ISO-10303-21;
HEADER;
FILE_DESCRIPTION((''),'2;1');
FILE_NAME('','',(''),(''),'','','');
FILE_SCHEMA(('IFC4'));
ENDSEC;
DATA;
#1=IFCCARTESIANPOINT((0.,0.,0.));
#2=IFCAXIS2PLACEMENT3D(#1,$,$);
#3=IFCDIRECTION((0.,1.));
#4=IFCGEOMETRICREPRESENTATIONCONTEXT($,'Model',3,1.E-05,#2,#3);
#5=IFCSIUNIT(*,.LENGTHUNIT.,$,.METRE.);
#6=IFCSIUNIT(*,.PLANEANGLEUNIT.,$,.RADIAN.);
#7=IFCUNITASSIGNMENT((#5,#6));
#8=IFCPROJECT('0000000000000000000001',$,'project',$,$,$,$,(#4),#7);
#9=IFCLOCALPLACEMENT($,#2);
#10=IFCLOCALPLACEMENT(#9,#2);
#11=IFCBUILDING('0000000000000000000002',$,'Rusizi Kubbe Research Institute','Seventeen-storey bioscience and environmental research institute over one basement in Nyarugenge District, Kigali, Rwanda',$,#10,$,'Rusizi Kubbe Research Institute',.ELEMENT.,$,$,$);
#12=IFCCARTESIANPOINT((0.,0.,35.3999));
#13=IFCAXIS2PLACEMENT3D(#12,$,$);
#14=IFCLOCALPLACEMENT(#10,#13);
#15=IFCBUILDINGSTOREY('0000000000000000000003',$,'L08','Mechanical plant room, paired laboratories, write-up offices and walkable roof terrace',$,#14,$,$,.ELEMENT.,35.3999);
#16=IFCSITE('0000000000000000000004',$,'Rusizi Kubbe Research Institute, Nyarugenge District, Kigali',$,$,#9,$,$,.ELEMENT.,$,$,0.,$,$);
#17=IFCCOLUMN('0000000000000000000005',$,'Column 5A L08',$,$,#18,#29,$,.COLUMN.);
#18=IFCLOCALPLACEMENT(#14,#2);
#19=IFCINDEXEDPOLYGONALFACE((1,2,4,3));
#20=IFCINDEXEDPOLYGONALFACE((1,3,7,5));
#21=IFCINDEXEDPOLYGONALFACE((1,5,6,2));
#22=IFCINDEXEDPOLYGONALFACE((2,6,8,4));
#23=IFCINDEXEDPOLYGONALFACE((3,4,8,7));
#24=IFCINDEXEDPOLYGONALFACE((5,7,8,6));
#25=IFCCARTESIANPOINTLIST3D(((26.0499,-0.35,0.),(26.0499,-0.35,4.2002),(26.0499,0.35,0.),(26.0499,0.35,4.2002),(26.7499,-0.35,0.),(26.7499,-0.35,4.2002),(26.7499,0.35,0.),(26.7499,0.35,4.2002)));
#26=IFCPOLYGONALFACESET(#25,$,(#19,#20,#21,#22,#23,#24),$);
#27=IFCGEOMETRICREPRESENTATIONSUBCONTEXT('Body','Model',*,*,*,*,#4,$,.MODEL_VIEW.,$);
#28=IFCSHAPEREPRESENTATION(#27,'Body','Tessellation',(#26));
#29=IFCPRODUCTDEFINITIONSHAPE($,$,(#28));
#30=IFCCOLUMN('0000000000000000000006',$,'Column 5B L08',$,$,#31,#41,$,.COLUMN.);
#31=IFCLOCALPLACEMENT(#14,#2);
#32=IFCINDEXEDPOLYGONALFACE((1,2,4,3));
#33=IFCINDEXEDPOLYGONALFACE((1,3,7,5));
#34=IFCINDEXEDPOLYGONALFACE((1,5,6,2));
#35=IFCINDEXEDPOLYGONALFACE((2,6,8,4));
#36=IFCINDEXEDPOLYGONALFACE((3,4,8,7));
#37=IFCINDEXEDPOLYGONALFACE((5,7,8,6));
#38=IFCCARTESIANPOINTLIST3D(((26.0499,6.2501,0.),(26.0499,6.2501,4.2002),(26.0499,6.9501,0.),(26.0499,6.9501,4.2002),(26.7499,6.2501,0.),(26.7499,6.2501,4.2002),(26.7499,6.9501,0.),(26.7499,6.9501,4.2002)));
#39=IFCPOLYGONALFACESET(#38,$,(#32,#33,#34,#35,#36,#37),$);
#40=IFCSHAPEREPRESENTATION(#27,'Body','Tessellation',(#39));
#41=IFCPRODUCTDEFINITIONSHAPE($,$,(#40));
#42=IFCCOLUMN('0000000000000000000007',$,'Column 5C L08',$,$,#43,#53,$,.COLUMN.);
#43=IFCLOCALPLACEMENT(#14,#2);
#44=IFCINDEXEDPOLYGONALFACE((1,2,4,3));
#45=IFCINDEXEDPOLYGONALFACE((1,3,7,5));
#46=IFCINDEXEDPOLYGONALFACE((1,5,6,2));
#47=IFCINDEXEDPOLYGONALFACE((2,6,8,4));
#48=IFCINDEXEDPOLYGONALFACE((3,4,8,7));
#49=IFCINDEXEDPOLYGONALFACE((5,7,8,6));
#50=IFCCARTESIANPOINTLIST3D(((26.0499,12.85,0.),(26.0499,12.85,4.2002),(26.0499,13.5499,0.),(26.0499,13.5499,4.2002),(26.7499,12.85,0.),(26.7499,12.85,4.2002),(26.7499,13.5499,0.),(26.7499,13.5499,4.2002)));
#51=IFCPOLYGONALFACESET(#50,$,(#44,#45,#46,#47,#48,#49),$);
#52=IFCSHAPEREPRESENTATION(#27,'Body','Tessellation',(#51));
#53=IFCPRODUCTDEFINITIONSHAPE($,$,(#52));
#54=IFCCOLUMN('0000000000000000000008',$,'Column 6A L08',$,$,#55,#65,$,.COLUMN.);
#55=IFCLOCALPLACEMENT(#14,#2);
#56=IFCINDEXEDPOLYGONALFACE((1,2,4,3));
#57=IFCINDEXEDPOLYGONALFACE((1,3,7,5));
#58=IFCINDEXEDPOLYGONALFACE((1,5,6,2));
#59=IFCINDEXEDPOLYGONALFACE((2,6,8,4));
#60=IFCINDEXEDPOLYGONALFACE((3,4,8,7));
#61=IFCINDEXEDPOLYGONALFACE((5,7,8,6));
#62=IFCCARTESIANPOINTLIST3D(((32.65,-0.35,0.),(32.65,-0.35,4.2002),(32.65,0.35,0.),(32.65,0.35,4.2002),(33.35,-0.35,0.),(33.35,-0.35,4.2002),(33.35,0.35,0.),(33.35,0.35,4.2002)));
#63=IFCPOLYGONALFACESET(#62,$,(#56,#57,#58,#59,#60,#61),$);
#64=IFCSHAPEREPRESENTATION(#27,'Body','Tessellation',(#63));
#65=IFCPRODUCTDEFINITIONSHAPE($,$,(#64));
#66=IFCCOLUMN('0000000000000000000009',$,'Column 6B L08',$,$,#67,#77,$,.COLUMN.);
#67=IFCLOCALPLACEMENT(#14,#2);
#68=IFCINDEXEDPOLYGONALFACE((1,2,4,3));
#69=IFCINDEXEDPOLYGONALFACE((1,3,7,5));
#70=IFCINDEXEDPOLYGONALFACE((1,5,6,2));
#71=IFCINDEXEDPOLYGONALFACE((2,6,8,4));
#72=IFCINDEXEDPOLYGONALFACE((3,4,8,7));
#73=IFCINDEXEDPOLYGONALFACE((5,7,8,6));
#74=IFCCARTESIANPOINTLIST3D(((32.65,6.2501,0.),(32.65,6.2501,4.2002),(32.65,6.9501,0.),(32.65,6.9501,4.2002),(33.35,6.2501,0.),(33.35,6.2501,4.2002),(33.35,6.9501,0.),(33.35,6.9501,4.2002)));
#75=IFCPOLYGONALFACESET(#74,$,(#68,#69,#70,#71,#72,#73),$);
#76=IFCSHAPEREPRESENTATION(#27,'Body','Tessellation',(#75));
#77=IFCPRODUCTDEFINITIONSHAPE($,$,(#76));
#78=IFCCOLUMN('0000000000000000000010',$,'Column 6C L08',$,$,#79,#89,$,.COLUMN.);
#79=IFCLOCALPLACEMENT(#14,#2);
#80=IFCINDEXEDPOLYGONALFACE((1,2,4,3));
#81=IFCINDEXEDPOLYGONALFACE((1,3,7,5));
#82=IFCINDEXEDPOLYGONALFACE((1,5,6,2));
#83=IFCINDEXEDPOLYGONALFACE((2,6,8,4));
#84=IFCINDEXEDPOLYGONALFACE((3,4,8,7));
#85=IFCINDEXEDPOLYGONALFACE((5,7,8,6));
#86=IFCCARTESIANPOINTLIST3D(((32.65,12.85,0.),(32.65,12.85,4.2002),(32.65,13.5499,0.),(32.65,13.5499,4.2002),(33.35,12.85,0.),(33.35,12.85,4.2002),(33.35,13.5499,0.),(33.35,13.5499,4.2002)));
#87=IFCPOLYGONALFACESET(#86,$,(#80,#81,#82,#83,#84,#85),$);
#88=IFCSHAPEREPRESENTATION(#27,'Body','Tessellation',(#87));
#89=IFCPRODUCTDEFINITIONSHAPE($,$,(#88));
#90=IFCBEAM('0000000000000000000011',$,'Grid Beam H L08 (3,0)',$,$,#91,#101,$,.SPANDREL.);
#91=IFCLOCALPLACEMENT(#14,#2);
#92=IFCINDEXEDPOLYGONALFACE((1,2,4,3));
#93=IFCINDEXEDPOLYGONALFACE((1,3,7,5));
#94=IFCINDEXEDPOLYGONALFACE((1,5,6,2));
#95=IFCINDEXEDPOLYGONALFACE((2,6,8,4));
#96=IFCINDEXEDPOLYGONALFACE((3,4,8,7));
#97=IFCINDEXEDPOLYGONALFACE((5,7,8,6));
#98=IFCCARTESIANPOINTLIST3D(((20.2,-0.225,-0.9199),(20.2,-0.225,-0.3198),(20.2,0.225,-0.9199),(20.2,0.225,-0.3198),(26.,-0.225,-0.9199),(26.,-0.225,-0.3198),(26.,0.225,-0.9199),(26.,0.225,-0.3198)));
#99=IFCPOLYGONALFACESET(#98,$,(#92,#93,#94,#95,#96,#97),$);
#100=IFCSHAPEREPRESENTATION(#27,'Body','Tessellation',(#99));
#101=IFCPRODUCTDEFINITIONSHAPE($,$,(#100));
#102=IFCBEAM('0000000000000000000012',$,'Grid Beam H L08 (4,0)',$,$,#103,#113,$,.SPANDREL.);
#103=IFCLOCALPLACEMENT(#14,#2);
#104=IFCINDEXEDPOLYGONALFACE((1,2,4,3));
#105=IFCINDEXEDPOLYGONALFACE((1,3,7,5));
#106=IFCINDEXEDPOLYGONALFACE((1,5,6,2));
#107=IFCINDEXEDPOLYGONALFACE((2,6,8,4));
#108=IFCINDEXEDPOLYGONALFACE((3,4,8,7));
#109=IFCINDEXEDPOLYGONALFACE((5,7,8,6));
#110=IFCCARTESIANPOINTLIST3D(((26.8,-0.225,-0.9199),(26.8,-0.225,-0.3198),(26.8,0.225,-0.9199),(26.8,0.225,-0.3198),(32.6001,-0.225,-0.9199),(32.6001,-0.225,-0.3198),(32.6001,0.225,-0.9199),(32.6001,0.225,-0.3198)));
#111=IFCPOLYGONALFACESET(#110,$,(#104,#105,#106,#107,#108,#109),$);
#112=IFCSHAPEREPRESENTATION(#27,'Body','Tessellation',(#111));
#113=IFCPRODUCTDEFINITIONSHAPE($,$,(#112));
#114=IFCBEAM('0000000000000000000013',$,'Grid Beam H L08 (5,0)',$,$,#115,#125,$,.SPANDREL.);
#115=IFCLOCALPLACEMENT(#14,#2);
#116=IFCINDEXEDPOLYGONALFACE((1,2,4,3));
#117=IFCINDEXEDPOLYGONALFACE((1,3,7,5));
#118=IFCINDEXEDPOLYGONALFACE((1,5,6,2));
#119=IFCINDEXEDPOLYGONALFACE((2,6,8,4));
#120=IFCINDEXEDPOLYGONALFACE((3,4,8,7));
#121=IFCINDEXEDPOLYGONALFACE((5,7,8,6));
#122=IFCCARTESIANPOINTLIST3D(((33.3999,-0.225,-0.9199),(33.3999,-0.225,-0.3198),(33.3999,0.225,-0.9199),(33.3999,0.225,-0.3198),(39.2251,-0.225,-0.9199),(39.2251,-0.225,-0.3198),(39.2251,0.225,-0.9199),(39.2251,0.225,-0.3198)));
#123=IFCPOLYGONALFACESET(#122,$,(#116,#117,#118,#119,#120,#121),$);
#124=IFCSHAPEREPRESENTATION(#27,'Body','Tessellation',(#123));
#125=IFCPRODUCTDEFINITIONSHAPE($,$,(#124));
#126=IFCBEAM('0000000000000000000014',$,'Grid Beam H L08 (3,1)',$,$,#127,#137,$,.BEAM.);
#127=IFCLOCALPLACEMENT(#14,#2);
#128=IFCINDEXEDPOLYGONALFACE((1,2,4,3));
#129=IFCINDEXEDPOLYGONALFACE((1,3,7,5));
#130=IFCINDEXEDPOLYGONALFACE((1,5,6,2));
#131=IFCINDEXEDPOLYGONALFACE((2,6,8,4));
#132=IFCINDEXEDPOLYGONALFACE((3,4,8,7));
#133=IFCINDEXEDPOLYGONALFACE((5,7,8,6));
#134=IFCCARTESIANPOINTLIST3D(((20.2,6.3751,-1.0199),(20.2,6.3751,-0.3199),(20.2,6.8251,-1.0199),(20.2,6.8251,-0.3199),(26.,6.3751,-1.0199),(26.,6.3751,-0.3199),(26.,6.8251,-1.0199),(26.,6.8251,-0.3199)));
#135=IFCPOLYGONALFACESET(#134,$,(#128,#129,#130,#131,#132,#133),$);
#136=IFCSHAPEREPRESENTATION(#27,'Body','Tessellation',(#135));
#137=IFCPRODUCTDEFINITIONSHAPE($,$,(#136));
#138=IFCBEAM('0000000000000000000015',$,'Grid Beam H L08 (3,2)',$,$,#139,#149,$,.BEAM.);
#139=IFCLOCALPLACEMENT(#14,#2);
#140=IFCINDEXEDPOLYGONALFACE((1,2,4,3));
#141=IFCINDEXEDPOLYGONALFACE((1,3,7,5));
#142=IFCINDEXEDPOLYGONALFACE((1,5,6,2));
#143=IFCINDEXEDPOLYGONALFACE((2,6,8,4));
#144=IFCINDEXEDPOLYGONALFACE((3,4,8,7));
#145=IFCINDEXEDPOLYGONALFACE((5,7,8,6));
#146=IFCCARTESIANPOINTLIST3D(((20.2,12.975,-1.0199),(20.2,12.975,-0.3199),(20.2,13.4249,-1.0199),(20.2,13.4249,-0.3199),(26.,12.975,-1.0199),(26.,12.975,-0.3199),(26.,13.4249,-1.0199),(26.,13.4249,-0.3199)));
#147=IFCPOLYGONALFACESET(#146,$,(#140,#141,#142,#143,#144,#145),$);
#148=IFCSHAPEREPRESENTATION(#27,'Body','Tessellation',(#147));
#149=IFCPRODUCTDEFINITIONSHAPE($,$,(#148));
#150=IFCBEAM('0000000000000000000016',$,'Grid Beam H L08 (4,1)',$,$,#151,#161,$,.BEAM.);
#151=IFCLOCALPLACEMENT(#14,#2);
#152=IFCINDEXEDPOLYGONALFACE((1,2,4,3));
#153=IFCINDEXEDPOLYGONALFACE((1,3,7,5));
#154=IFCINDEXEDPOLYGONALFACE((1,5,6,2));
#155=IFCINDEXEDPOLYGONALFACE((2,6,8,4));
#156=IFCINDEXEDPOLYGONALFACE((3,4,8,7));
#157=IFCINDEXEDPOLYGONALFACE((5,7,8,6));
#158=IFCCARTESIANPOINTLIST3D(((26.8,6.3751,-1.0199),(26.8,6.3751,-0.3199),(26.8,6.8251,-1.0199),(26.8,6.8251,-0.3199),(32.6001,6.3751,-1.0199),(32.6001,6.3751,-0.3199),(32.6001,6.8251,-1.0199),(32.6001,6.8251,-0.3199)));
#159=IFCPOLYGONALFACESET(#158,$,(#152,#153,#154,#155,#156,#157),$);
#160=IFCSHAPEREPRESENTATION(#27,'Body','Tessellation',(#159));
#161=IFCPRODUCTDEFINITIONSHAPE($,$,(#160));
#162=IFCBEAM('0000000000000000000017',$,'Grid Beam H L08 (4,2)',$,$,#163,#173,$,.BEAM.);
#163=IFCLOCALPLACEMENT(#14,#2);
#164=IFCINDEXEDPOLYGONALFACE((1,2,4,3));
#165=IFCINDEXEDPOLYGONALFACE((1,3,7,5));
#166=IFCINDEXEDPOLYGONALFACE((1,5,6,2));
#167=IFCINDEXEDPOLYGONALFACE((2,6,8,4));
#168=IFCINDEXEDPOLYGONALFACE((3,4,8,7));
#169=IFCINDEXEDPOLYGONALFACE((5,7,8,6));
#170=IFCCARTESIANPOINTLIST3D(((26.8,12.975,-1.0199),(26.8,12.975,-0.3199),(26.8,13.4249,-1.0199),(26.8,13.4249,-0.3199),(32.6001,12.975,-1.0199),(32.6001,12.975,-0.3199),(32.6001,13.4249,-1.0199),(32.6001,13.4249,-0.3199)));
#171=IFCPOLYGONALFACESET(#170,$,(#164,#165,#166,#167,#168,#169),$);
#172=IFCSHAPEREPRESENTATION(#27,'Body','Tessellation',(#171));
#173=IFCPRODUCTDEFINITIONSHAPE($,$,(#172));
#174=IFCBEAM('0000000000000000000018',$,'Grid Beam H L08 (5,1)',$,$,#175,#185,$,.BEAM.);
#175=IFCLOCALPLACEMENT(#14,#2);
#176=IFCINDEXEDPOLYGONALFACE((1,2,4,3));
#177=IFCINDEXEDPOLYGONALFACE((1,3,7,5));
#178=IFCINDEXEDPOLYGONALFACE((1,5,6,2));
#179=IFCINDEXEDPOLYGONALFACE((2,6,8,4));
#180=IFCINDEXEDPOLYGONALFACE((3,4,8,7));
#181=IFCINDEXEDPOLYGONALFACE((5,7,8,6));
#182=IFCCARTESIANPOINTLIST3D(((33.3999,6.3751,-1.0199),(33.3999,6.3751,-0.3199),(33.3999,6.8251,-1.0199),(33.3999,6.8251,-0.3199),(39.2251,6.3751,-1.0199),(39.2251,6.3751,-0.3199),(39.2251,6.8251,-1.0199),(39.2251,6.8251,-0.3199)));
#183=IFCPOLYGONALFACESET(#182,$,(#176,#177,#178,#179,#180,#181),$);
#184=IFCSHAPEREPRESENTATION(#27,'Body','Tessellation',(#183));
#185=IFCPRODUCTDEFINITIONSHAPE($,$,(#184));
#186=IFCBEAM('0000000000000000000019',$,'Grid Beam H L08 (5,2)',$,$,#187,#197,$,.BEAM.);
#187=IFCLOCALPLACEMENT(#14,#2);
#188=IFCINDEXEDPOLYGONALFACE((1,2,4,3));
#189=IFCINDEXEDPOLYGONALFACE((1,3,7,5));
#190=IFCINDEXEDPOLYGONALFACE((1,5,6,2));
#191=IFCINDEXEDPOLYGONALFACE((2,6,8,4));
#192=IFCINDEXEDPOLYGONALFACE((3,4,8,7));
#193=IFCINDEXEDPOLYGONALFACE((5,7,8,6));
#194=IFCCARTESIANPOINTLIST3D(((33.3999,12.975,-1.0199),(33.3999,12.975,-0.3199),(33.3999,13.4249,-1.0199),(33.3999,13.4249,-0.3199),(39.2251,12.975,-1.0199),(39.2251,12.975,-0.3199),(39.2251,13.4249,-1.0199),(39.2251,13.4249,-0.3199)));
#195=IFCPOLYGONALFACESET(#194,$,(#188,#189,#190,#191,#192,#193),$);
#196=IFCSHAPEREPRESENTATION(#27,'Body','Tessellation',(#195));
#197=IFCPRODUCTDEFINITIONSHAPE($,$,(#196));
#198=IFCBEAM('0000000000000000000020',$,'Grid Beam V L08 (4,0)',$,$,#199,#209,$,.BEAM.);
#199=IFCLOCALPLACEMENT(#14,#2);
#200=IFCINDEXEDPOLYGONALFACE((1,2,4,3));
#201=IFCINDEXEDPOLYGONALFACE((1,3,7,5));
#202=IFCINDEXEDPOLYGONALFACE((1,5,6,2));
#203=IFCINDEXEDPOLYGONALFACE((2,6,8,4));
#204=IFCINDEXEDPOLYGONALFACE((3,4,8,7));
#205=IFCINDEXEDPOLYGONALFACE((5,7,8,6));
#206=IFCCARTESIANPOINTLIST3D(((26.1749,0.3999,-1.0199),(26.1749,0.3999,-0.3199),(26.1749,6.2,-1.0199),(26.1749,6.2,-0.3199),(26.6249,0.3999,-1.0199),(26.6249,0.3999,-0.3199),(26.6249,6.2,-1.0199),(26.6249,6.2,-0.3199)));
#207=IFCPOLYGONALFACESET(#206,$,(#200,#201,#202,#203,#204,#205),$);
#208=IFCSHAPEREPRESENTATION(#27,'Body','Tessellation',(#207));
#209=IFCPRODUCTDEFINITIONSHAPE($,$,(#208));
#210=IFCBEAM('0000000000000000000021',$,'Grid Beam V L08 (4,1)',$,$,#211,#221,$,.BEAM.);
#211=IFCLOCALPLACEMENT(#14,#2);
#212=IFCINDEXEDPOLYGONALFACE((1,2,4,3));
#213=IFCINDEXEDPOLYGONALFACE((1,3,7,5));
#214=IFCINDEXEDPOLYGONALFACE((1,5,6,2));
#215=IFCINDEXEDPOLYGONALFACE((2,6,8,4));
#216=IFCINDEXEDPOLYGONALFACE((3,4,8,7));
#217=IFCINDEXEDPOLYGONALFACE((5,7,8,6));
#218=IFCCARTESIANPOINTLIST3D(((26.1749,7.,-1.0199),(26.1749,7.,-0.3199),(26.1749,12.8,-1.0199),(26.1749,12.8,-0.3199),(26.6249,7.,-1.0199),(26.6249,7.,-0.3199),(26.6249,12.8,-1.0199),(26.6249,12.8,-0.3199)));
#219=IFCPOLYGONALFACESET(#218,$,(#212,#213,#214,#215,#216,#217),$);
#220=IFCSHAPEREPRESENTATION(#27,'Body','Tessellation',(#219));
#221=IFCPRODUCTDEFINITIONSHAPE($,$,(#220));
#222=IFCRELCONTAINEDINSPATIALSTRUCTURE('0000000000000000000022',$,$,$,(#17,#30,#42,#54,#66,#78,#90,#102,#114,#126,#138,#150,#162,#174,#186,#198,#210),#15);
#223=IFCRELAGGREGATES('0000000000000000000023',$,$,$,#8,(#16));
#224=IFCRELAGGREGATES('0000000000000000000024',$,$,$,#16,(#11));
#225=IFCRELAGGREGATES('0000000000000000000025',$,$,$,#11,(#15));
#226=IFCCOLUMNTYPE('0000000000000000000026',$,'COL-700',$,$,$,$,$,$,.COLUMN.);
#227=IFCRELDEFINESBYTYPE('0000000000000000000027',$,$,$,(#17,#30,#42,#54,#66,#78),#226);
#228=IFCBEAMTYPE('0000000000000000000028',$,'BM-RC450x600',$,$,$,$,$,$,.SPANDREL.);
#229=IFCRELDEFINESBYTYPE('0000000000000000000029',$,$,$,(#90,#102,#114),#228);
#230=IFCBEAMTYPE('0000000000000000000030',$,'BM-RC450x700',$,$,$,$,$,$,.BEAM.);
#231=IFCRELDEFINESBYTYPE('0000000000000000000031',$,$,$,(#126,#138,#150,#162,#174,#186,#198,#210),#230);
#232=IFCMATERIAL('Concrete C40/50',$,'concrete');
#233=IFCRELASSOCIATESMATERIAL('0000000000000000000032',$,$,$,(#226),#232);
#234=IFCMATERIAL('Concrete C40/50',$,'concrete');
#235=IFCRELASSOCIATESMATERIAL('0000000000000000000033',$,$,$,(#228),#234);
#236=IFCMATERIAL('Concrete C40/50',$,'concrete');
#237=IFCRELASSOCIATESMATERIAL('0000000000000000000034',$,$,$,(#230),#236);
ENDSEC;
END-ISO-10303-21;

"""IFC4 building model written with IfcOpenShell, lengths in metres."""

from ifc_helpers import new_model, si_unit, direction, frame, origin, origin_2d, place, context, subcontext, project, spatial, rectangle, extrude, material, material_profile, profile_set, type_object, element, save


model = new_model("IFC4")

# Units and contexts
model_context = context("Model", 3, precision=1e-05, world=origin(), true_north=direction((0.0, 1.0)))
body_context = subcontext(model_context, "Body", "Model", "MODEL_VIEW")
ifc_project = project(units=[si_unit("LENGTHUNIT", "METRE"), si_unit("PLANEANGLEUNIT", "RADIAN")], contexts=[model_context])

# Site, building, storey
site_placement = place(None, origin())
site = spatial("IfcSite", under=ifc_project, at=site_placement, Name="Rusizi Kubbe Research Institute, Nyarugenge District, Kigali", CompositionType="ELEMENT", RefElevation=0.0)
building_placement = place(site_placement, origin())
building = spatial("IfcBuilding", under=site, at=building_placement, Name="Rusizi Kubbe Research Institute", Description="Seventeen-storey bioscience and environmental research institute over one basement in Nyarugenge District, Kigali, Rwanda", LongName="Rusizi Kubbe Research Institute", CompositionType="ELEMENT")
storey_placement = place(building_placement, frame((0.0, 0.0, 35.3999)))
storey = spatial("IfcBuildingStorey", under=building, at=storey_placement, Name="L08", Description="Mechanical plant room, paired laboratories, write-up offices and walkable roof terrace", CompositionType="ELEMENT", Elevation=35.3999)

# Columns
ifc_material_1 = material(Name="Concrete C40/50", Category="concrete")
ifc_material_profile_1 = material_profile(ifc_material_1, rectangle(XDim=0.7, YDim=0.7, at=origin_2d()), Name="RC700x700")
ifc_profile_set_1 = profile_set([ifc_material_profile_1], Name="Concrete C40/50")
column_type = type_object("IfcColumnType", Name="COL-700", PredefinedType="COLUMN", material=ifc_profile_set_1)
for number, where, z_axis, x_axis, name in (
    (1, (26.3999, 0.0, 0.0), (0.0, 0.0, 1.0), (1.0, 0.0, 0.0), "Column 5A L08"),
    (2, (26.3999, 6.6001, 0.0), (0.0, 0.0, 1.0), (1.0, 0.0, 0.0), "Column 5B L08"),
    (3, (26.3999, 13.2, 0.0), (0.0, 0.0, 1.0), (1.0, 0.0, 0.0), "Column 5C L08"),
    (4, (33.0, 0.0, 0.0), (0.0, 0.0, 1.0), (1.0, 0.0, 0.0), "Column 6A L08"),
    (5, (33.0, 6.6001, 0.0), (0.0, 0.0, 1.0), (1.0, 0.0, 0.0), "Column 6B L08"),
    (6, (33.0, 13.2, 0.0), (0.0, 0.0, 1.0), (1.0, 0.0, 0.0), "Column 6C L08"),
):
    element("IfcColumn", number, at=place(storey_placement, frame(where, z_axis=z_axis, x_axis=x_axis)), inside=storey, type_object=column_type, Name=name, PredefinedType="COLUMN", context=body_context, shape_type="SweptSolid", body=[
        extrude(rectangle(XDim=0.7, YDim=0.7, at=origin_2d()), origin(), (0.0, 0.0, 1.0), 4.2002),
    ])

# Beams
ifc_material_2 = material(Name="Concrete C40/50", Category="concrete")
ifc_material_profile_2 = material_profile(ifc_material_2, rectangle(XDim=0.45, YDim=0.6001, at=origin_2d()), Name="RC450x600")
ifc_profile_set_2 = profile_set([ifc_material_profile_2], Name="Concrete C40/50")
beam_type_1 = type_object("IfcBeamType", Name="BM-RC450x600", PredefinedType="SPANDREL", material=ifc_profile_set_2)
for number, where, z_axis, x_axis, name in (
    (7, (20.2, 0.0, -0.6199), (1.0, 0.0, 0.0), (0.0, 1.0, 0.0), "Grid Beam H L08 (3,0)"),
    (8, (26.8, 0.0, -0.6199), (1.0, 0.0, 0.0), (0.0, 1.0, 0.0), "Grid Beam H L08 (4,0)"),
):
    element("IfcBeam", number, at=place(storey_placement, frame(where, z_axis=z_axis, x_axis=x_axis)), inside=storey, type_object=beam_type_1, Name=name, PredefinedType="SPANDREL", context=body_context, shape_type="SweptSolid", body=[
        extrude(rectangle(XDim=0.45, YDim=0.6001, at=origin_2d()), origin(), (0.0, 0.0, 1.0), 5.8),
    ])
beam_placement = place(storey_placement, frame((33.3999, 0.0, -0.6199), z_axis=(1.0, 0.0, 0.0), x_axis=(0.0, 1.0, 0.0)))
element("IfcBeam", 9, at=beam_placement, inside=storey, type_object=beam_type_1, Name="Grid Beam H L08 (5,0)", PredefinedType="SPANDREL", context=body_context, shape_type="SweptSolid", body=[
    extrude(rectangle(XDim=0.45, YDim=0.6001, at=origin_2d()), origin(), (0.0, 0.0, 1.0), 5.8252),
])
ifc_material_3 = material(Name="Concrete C40/50", Category="concrete")
ifc_material_profile_3 = material_profile(ifc_material_3, rectangle(XDim=0.45, YDim=0.7, at=origin_2d()), Name="RC450x700B")
ifc_profile_set_3 = profile_set([ifc_material_profile_3], Name="Concrete C40/50")
beam_type_2 = type_object("IfcBeamType", Name="BM-RC450x700", PredefinedType="BEAM", material=ifc_profile_set_3)
for number, where, z_axis, x_axis, name in (
    (10, (20.2, 6.6001, -0.6699), (1.0, 0.0, 0.0), (0.0, 1.0, 0.0), "Grid Beam H L08 (3,1)"),
    (11, (20.2, 13.2, -0.6699), (1.0, 0.0, 0.0), (0.0, 1.0, 0.0), "Grid Beam H L08 (3,2)"),
    (12, (26.8, 6.6001, -0.6699), (1.0, 0.0, 0.0), (0.0, 1.0, 0.0), "Grid Beam H L08 (4,1)"),
    (13, (26.8, 13.2, -0.6699), (1.0, 0.0, 0.0), (0.0, 1.0, 0.0), "Grid Beam H L08 (4,2)"),
):
    element("IfcBeam", number, at=place(storey_placement, frame(where, z_axis=z_axis, x_axis=x_axis)), inside=storey, type_object=beam_type_2, Name=name, PredefinedType="BEAM", context=body_context, shape_type="SweptSolid", body=[
        extrude(rectangle(XDim=0.45, YDim=0.7, at=origin_2d()), origin(), (0.0, 0.0, 1.0), 5.8),
    ])
for number, where, z_axis, x_axis, name in (
    (14, (33.3999, 6.6001, -0.6699), (1.0, 0.0, 0.0), (0.0, 1.0, 0.0), "Grid Beam H L08 (5,1)"),
    (15, (33.3999, 13.2, -0.6699), (1.0, 0.0, 0.0), (0.0, 1.0, 0.0), "Grid Beam H L08 (5,2)"),
):
    element("IfcBeam", number, at=place(storey_placement, frame(where, z_axis=z_axis, x_axis=x_axis)), inside=storey, type_object=beam_type_2, Name=name, PredefinedType="BEAM", context=body_context, shape_type="SweptSolid", body=[
        extrude(rectangle(XDim=0.45, YDim=0.7, at=origin_2d()), origin(), (0.0, 0.0, 1.0), 5.8252),
    ])
for number, where, z_axis, x_axis, name in (
    (16, (26.3999, 0.3999, -0.6699), (0.0, 1.0, 0.0), (-1.0, 0.0, 0.0), "Grid Beam V L08 (4,0)"),
    (17, (26.3999, 7.0, -0.6699), (0.0, 1.0, 0.0), (-1.0, 0.0, 0.0), "Grid Beam V L08 (4,1)"),
):
    element("IfcBeam", number, at=place(storey_placement, frame(where, z_axis=z_axis, x_axis=x_axis)), inside=storey, type_object=beam_type_2, Name=name, PredefinedType="BEAM", context=body_context, shape_type="SweptSolid", body=[
        extrude(rectangle(XDim=0.45, YDim=0.7, at=origin_2d()), origin(), (0.0, 0.0, 1.0), 5.8),
    ])

save(model, "model.ifc")
